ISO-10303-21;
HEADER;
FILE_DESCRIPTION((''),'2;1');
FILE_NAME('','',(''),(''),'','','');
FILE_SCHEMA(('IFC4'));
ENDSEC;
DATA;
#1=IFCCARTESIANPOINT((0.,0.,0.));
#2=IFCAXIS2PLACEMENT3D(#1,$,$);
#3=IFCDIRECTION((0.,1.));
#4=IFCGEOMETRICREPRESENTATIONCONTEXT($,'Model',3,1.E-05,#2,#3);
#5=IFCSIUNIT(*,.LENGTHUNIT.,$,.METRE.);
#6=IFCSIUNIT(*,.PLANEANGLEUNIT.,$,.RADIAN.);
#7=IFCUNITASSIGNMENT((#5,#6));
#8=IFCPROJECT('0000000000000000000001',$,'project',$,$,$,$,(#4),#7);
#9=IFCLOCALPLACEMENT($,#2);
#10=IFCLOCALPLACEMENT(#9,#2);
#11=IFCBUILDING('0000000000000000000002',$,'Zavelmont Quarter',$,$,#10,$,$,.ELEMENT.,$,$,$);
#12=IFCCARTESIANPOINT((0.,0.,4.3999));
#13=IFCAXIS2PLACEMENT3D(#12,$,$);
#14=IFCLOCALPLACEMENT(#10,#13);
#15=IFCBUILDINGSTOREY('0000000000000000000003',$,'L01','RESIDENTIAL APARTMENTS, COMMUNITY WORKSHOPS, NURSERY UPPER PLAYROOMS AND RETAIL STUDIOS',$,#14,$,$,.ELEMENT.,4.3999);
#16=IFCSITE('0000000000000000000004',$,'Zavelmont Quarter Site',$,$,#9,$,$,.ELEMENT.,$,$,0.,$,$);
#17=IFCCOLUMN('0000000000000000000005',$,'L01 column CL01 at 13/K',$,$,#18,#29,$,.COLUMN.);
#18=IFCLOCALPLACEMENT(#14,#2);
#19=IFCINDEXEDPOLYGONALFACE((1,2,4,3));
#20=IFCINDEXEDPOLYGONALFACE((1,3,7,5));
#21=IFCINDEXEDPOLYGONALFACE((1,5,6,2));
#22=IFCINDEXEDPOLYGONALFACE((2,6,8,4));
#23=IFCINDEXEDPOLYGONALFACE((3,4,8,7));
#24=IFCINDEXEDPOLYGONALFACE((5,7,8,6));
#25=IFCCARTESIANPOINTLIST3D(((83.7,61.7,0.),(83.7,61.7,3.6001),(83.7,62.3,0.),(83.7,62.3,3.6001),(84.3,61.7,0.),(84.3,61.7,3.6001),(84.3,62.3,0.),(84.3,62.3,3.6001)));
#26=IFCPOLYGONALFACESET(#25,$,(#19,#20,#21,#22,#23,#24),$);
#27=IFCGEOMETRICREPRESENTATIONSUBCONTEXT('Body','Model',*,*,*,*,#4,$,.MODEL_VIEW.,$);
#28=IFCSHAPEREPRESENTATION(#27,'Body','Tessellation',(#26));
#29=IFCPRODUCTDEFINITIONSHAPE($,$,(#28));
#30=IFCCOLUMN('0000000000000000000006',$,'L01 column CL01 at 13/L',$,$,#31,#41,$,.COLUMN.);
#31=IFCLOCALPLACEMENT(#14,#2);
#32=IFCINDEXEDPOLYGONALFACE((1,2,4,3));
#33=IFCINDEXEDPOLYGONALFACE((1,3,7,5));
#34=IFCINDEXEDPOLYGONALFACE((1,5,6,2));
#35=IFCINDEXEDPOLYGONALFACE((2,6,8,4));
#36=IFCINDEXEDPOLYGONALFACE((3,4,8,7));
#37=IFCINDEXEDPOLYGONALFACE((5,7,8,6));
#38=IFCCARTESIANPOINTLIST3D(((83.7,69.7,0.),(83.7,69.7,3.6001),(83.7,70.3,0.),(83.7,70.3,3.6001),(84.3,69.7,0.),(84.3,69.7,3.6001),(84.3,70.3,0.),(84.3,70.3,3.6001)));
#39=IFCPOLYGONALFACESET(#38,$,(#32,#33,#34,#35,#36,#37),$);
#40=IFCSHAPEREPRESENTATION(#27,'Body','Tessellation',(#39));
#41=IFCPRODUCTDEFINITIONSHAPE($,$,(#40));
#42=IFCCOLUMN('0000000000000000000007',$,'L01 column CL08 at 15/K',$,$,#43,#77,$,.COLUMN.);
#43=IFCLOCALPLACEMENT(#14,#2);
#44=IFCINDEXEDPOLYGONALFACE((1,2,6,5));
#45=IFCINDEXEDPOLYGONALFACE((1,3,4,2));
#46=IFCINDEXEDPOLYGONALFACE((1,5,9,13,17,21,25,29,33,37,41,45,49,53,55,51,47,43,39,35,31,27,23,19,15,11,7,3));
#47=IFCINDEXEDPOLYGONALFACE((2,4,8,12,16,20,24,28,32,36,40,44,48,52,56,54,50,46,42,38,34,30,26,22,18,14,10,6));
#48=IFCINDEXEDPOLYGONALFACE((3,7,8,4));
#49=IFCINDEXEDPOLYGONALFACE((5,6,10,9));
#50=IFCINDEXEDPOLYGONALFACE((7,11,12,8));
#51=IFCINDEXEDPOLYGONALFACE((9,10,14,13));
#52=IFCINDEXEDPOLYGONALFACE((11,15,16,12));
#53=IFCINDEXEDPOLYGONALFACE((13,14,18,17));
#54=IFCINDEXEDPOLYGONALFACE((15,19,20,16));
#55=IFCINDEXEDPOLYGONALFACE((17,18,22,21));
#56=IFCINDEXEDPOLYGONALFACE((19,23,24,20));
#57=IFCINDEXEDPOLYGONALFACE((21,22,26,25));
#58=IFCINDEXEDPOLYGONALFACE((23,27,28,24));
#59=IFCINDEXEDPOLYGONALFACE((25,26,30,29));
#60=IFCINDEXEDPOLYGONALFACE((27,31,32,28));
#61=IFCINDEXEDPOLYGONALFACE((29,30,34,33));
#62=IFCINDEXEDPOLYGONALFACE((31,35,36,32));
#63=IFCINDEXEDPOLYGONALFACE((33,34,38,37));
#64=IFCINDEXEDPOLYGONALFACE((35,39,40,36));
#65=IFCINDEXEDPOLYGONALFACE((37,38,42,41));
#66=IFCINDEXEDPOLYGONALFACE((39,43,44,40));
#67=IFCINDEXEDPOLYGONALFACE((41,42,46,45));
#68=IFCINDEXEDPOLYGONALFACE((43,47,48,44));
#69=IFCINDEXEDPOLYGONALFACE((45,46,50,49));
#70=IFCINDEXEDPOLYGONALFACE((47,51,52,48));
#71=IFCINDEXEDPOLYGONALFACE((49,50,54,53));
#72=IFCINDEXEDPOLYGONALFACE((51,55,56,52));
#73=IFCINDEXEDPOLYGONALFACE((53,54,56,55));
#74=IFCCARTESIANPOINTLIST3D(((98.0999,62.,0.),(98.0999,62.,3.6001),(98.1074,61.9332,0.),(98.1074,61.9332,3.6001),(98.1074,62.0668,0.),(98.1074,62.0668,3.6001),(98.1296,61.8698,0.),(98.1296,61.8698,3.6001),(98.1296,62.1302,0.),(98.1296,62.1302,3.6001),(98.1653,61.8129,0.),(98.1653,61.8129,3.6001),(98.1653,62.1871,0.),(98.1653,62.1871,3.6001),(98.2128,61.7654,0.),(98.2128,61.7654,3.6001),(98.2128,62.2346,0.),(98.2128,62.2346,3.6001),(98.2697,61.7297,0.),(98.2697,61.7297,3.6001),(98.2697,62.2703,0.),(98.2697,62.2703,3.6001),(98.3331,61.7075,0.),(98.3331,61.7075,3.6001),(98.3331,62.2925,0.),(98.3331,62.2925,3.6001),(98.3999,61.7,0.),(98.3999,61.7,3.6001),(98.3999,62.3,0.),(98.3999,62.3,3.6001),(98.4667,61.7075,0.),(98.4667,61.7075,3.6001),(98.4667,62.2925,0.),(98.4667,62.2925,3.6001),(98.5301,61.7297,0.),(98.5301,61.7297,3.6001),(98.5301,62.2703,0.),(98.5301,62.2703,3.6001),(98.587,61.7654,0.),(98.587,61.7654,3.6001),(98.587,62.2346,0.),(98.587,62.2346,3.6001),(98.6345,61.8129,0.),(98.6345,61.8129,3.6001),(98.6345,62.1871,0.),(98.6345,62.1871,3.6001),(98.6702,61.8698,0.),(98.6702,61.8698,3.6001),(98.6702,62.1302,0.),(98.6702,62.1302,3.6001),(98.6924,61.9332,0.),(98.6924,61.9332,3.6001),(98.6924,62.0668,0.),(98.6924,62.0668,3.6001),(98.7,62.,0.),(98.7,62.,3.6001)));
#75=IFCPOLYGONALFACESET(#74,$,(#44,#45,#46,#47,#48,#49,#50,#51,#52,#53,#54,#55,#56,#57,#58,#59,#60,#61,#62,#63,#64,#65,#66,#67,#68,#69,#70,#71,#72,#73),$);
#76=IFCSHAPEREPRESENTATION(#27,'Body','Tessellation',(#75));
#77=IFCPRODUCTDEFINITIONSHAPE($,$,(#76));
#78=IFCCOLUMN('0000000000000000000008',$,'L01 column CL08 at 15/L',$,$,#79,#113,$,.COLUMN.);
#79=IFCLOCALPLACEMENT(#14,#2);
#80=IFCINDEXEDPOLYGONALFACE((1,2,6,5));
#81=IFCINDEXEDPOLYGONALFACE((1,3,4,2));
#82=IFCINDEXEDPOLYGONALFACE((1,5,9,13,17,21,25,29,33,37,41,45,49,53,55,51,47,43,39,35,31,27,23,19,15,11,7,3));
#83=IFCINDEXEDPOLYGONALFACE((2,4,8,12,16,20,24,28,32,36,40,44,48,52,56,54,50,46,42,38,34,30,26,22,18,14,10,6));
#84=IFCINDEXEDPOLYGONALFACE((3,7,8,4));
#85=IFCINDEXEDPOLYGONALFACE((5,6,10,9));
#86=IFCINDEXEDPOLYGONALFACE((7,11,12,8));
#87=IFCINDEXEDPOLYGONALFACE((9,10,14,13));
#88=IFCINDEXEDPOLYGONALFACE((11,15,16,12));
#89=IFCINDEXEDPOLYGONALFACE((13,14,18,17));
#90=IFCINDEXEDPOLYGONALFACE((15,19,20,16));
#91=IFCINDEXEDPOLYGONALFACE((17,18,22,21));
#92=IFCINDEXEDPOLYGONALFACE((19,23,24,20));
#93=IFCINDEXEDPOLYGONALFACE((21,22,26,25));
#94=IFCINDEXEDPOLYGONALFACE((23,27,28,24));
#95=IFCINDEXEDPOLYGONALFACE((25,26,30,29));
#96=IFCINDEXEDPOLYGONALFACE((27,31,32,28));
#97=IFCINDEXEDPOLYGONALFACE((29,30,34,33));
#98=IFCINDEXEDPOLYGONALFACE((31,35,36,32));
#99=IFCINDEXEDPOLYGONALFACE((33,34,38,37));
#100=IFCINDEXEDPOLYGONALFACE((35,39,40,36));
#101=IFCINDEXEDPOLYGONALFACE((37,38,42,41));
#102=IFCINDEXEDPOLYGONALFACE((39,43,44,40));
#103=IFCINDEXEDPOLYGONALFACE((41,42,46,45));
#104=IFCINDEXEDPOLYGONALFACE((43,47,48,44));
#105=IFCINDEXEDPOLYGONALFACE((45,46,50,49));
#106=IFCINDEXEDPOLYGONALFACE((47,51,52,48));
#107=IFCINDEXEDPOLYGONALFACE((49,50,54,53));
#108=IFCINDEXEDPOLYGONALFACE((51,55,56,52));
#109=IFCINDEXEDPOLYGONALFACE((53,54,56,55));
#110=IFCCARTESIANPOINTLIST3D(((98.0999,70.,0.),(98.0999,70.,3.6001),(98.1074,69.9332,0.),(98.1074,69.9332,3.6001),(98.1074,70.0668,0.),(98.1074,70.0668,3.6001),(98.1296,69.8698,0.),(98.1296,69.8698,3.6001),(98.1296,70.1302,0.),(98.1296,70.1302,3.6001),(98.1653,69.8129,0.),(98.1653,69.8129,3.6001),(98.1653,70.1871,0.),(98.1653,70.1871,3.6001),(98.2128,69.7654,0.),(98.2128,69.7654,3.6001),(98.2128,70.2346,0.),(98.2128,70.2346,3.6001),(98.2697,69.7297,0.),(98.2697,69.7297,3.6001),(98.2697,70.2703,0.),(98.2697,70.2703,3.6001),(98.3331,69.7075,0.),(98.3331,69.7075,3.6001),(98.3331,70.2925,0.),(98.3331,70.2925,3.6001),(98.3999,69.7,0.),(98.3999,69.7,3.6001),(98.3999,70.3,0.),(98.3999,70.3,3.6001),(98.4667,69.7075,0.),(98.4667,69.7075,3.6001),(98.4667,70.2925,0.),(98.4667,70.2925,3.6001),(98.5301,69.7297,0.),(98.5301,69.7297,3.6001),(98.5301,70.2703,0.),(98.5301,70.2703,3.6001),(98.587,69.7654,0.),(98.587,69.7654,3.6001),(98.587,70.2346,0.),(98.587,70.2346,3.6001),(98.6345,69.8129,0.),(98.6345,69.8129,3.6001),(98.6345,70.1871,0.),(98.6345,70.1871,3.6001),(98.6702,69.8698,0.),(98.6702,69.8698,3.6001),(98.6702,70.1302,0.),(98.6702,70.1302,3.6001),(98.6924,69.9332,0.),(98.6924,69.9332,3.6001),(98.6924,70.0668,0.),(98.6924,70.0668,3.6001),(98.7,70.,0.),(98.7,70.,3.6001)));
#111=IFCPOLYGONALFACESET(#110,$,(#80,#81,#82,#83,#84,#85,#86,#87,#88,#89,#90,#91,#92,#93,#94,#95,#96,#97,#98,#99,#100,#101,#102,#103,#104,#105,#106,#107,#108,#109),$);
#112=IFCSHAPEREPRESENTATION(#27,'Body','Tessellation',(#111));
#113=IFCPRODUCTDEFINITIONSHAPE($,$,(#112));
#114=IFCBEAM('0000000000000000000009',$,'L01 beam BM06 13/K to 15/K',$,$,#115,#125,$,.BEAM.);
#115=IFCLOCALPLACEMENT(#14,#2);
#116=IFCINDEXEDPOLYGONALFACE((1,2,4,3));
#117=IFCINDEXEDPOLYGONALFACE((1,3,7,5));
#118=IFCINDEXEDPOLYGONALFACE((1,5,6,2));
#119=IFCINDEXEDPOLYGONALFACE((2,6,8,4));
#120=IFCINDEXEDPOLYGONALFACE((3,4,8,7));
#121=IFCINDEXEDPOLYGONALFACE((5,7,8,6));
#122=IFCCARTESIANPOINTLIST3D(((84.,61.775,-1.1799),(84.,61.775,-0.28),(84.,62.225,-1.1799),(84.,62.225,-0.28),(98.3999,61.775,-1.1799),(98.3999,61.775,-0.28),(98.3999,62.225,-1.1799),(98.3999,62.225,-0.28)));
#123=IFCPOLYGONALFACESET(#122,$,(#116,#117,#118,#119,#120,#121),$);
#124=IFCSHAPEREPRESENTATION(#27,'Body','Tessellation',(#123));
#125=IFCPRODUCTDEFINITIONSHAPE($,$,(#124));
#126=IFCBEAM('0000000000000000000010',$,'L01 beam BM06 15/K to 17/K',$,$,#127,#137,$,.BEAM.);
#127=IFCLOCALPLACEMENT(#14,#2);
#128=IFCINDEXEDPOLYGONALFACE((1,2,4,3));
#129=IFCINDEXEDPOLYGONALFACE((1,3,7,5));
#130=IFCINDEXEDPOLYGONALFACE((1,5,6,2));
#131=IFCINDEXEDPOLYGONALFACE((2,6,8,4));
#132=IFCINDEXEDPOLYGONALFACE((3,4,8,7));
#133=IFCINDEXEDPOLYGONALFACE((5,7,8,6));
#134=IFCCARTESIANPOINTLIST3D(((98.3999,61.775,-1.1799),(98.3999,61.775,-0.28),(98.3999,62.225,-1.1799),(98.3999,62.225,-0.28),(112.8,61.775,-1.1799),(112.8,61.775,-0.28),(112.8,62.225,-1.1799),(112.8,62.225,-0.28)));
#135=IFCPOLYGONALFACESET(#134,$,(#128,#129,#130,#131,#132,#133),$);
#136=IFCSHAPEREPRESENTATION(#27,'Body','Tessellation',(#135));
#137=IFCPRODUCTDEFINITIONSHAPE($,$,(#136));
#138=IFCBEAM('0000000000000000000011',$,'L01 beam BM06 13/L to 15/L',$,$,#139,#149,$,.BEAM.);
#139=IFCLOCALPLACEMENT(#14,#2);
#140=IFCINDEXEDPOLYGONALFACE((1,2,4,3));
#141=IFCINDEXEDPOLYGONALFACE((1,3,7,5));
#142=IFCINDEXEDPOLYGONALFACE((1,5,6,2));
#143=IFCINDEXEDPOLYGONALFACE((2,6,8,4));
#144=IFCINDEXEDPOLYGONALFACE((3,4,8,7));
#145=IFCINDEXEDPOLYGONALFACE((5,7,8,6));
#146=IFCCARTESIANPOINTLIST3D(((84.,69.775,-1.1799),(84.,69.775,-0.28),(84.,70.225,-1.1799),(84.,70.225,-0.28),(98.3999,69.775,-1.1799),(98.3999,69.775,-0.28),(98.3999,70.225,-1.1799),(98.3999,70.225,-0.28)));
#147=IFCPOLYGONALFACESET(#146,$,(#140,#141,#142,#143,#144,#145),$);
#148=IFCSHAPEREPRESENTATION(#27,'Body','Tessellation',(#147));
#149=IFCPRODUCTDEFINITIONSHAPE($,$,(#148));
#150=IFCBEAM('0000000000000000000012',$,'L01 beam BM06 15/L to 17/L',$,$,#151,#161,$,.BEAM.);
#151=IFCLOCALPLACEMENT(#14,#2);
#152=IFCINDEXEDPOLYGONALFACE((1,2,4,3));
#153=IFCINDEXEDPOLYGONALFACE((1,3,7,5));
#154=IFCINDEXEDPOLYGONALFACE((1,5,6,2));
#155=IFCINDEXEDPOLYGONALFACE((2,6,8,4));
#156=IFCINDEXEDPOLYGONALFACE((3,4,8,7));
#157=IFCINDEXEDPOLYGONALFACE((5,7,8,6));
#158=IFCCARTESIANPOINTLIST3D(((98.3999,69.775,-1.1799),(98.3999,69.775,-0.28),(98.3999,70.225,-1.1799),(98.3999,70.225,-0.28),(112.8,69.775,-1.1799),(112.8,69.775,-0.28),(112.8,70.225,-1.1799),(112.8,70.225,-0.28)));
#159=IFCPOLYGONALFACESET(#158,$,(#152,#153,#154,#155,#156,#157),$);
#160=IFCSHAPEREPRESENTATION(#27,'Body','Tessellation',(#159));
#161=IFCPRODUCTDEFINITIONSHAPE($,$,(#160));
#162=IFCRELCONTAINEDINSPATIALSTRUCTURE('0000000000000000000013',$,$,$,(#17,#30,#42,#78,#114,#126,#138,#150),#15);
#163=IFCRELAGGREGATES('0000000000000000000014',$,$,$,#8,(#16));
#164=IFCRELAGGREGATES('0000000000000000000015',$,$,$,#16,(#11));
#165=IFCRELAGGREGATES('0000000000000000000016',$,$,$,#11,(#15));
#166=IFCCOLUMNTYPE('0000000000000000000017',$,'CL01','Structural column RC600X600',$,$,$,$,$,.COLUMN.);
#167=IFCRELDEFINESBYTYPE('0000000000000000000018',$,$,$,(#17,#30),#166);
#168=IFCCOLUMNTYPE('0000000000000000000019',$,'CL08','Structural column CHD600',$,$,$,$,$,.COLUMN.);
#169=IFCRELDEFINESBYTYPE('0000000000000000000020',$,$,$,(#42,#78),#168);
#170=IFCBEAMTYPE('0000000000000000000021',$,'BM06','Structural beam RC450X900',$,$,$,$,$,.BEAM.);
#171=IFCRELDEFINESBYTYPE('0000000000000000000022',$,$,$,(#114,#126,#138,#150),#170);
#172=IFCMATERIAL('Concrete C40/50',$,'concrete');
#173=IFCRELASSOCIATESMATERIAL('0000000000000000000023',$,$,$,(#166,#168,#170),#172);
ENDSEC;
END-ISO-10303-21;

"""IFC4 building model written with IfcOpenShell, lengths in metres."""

from ifc_helpers import new_model, si_unit, direction, frame, origin, origin_2d, place, context, subcontext, project, spatial, rectangle, circle, extrude, material, material_profile, profile_set, type_object, element, save


model = new_model("IFC4")

# Units and contexts
model_context = context("Model", 3, precision=1e-05, world=origin(), true_north=direction((0.0, 1.0)))
body_context = subcontext(model_context, "Body", "Model", "MODEL_VIEW")
ifc_project = project(units=[si_unit("LENGTHUNIT", "METRE"), si_unit("PLANEANGLEUNIT", "RADIAN")], contexts=[model_context])

# Site, building, storey
site_placement = place(None, origin())
site = spatial("IfcSite", under=ifc_project, at=site_placement, Name="Zavelmont Quarter Site", CompositionType="ELEMENT", RefElevation=0.0)
building_placement = place(site_placement, origin())
building = spatial("IfcBuilding", under=site, at=building_placement, Name="Zavelmont Quarter", CompositionType="ELEMENT")
storey_placement = place(building_placement, frame((0.0, 0.0, 4.3999)))
storey = spatial("IfcBuildingStorey", under=building, at=storey_placement, Name="L01", Description="RESIDENTIAL APARTMENTS, COMMUNITY WORKSHOPS, NURSERY UPPER PLAYROOMS AND RETAIL STUDIOS", CompositionType="ELEMENT", Elevation=4.3999)

# Columns
ifc_material_1 = material(Name="Concrete C40/50", Category="concrete")
ifc_material_profile_1 = material_profile(ifc_material_1, rectangle(XDim=0.6001, YDim=0.6001, at=origin_2d()), Name="RC600X600")
ifc_profile_set_1 = profile_set([ifc_material_profile_1], Name="Concrete C40/50")
column_type_1 = type_object("IfcColumnType", Name="CL01", Description="Structural column RC600X600", PredefinedType="COLUMN", material=ifc_profile_set_1)
for number, where, z_axis, x_axis, name in (
    (1, (84.0, 62.0, 0.0), (0.0, 0.0, 1.0), (1.0, 0.0, 0.0), "L01 column CL01 at 13/K"),
    (2, (84.0, 70.0, 0.0), (0.0, 0.0, 1.0), (1.0, 0.0, 0.0), "L01 column CL01 at 13/L"),
):
    element("IfcColumn", number, at=place(storey_placement, frame(where, z_axis=z_axis, x_axis=x_axis)), inside=storey, type_object=column_type_1, Name=name, PredefinedType="COLUMN", context=body_context, shape_type="SweptSolid", body=[
        extrude(rectangle(XDim=0.6001, YDim=0.6001, at=origin_2d()), origin(), (0.0, 0.0, 1.0), 3.6001),
    ])
ifc_material_profile_2 = material_profile(ifc_material_1, circle(Radius=0.3, at=origin_2d()), Name="CHD600")
ifc_profile_set_2 = profile_set([ifc_material_profile_2], Name="Concrete C40/50")
column_type_2 = type_object("IfcColumnType", Name="CL08", Description="Structural column CHD600", PredefinedType="COLUMN", material=ifc_profile_set_2)
for number, where, z_axis, x_axis, name in (
    (3, (98.3999, 62.0, 0.0), (0.0, 0.0, 1.0), (1.0, 0.0, 0.0), "L01 column CL08 at 15/K"),
    (4, (98.3999, 70.0, 0.0), (0.0, 0.0, 1.0), (1.0, 0.0, 0.0), "L01 column CL08 at 15/L"),
):
    element("IfcColumn", number, at=place(storey_placement, frame(where, z_axis=z_axis, x_axis=x_axis)), inside=storey, type_object=column_type_2, Name=name, PredefinedType="COLUMN", context=body_context, shape_type="SweptSolid", body=[
        extrude(circle(Radius=0.3, at=origin_2d()), origin(), (0.0, 0.0, 1.0), 3.6001),
    ])

# Beams
ifc_material_profile_3 = material_profile(ifc_material_1, rectangle(XDim=0.45, YDim=0.8999, at=origin_2d()), Name="RC450X900")
ifc_profile_set_3 = profile_set([ifc_material_profile_3], Name="Concrete C40/50")
beam_type = type_object("IfcBeamType", Name="BM06", Description="Structural beam RC450X900", PredefinedType="BEAM", material=ifc_profile_set_3)
beam_1_placement = place(storey_placement, frame((84.0, 62.0, -0.73), z_axis=(1.0, 0.0, 0.0), x_axis=(0.0, 1.0, 0.0)))
element("IfcBeam", 5, at=beam_1_placement, inside=storey, type_object=beam_type, Name="L01 beam BM06 13/K to 15/K", PredefinedType="BEAM", context=body_context, shape_type="SweptSolid", body=[
    extrude(rectangle(XDim=0.45, YDim=0.8999, at=origin_2d()), origin(), (0.0, 0.0, 1.0), 14.3999),
])
beam_2_placement = place(storey_placement, frame((98.3999, 62.0, -0.73), z_axis=(1.0, 0.0, 0.0), x_axis=(0.0, 1.0, 0.0)))
element("IfcBeam", 6, at=beam_2_placement, inside=storey, type_object=beam_type, Name="L01 beam BM06 15/K to 17/K", PredefinedType="BEAM", context=body_context, shape_type="SweptSolid", body=[
    extrude(rectangle(XDim=0.45, YDim=0.8999, at=origin_2d()), origin(), (0.0, 0.0, 1.0), 14.4001),
])
beam_3_placement = place(storey_placement, frame((84.0, 70.0, -0.73), z_axis=(1.0, 0.0, 0.0), x_axis=(0.0, 1.0, 0.0)))
element("IfcBeam", 7, at=beam_3_placement, inside=storey, type_object=beam_type, Name="L01 beam BM06 13/L to 15/L", PredefinedType="BEAM", context=body_context, shape_type="SweptSolid", body=[
    extrude(rectangle(XDim=0.45, YDim=0.8999, at=origin_2d()), origin(), (0.0, 0.0, 1.0), 14.3999),
])
beam_4_placement = place(storey_placement, frame((98.3999, 70.0, -0.73), z_axis=(1.0, 0.0, 0.0), x_axis=(0.0, 1.0, 0.0)))
element("IfcBeam", 8, at=beam_4_placement, inside=storey, type_object=beam_type, Name="L01 beam BM06 15/L to 17/L", PredefinedType="BEAM", context=body_context, shape_type="SweptSolid", body=[
    extrude(rectangle(XDim=0.45, YDim=0.8999, at=origin_2d()), origin(), (0.0, 0.0, 1.0), 14.4001),
])

save(model, "model.ifc")
